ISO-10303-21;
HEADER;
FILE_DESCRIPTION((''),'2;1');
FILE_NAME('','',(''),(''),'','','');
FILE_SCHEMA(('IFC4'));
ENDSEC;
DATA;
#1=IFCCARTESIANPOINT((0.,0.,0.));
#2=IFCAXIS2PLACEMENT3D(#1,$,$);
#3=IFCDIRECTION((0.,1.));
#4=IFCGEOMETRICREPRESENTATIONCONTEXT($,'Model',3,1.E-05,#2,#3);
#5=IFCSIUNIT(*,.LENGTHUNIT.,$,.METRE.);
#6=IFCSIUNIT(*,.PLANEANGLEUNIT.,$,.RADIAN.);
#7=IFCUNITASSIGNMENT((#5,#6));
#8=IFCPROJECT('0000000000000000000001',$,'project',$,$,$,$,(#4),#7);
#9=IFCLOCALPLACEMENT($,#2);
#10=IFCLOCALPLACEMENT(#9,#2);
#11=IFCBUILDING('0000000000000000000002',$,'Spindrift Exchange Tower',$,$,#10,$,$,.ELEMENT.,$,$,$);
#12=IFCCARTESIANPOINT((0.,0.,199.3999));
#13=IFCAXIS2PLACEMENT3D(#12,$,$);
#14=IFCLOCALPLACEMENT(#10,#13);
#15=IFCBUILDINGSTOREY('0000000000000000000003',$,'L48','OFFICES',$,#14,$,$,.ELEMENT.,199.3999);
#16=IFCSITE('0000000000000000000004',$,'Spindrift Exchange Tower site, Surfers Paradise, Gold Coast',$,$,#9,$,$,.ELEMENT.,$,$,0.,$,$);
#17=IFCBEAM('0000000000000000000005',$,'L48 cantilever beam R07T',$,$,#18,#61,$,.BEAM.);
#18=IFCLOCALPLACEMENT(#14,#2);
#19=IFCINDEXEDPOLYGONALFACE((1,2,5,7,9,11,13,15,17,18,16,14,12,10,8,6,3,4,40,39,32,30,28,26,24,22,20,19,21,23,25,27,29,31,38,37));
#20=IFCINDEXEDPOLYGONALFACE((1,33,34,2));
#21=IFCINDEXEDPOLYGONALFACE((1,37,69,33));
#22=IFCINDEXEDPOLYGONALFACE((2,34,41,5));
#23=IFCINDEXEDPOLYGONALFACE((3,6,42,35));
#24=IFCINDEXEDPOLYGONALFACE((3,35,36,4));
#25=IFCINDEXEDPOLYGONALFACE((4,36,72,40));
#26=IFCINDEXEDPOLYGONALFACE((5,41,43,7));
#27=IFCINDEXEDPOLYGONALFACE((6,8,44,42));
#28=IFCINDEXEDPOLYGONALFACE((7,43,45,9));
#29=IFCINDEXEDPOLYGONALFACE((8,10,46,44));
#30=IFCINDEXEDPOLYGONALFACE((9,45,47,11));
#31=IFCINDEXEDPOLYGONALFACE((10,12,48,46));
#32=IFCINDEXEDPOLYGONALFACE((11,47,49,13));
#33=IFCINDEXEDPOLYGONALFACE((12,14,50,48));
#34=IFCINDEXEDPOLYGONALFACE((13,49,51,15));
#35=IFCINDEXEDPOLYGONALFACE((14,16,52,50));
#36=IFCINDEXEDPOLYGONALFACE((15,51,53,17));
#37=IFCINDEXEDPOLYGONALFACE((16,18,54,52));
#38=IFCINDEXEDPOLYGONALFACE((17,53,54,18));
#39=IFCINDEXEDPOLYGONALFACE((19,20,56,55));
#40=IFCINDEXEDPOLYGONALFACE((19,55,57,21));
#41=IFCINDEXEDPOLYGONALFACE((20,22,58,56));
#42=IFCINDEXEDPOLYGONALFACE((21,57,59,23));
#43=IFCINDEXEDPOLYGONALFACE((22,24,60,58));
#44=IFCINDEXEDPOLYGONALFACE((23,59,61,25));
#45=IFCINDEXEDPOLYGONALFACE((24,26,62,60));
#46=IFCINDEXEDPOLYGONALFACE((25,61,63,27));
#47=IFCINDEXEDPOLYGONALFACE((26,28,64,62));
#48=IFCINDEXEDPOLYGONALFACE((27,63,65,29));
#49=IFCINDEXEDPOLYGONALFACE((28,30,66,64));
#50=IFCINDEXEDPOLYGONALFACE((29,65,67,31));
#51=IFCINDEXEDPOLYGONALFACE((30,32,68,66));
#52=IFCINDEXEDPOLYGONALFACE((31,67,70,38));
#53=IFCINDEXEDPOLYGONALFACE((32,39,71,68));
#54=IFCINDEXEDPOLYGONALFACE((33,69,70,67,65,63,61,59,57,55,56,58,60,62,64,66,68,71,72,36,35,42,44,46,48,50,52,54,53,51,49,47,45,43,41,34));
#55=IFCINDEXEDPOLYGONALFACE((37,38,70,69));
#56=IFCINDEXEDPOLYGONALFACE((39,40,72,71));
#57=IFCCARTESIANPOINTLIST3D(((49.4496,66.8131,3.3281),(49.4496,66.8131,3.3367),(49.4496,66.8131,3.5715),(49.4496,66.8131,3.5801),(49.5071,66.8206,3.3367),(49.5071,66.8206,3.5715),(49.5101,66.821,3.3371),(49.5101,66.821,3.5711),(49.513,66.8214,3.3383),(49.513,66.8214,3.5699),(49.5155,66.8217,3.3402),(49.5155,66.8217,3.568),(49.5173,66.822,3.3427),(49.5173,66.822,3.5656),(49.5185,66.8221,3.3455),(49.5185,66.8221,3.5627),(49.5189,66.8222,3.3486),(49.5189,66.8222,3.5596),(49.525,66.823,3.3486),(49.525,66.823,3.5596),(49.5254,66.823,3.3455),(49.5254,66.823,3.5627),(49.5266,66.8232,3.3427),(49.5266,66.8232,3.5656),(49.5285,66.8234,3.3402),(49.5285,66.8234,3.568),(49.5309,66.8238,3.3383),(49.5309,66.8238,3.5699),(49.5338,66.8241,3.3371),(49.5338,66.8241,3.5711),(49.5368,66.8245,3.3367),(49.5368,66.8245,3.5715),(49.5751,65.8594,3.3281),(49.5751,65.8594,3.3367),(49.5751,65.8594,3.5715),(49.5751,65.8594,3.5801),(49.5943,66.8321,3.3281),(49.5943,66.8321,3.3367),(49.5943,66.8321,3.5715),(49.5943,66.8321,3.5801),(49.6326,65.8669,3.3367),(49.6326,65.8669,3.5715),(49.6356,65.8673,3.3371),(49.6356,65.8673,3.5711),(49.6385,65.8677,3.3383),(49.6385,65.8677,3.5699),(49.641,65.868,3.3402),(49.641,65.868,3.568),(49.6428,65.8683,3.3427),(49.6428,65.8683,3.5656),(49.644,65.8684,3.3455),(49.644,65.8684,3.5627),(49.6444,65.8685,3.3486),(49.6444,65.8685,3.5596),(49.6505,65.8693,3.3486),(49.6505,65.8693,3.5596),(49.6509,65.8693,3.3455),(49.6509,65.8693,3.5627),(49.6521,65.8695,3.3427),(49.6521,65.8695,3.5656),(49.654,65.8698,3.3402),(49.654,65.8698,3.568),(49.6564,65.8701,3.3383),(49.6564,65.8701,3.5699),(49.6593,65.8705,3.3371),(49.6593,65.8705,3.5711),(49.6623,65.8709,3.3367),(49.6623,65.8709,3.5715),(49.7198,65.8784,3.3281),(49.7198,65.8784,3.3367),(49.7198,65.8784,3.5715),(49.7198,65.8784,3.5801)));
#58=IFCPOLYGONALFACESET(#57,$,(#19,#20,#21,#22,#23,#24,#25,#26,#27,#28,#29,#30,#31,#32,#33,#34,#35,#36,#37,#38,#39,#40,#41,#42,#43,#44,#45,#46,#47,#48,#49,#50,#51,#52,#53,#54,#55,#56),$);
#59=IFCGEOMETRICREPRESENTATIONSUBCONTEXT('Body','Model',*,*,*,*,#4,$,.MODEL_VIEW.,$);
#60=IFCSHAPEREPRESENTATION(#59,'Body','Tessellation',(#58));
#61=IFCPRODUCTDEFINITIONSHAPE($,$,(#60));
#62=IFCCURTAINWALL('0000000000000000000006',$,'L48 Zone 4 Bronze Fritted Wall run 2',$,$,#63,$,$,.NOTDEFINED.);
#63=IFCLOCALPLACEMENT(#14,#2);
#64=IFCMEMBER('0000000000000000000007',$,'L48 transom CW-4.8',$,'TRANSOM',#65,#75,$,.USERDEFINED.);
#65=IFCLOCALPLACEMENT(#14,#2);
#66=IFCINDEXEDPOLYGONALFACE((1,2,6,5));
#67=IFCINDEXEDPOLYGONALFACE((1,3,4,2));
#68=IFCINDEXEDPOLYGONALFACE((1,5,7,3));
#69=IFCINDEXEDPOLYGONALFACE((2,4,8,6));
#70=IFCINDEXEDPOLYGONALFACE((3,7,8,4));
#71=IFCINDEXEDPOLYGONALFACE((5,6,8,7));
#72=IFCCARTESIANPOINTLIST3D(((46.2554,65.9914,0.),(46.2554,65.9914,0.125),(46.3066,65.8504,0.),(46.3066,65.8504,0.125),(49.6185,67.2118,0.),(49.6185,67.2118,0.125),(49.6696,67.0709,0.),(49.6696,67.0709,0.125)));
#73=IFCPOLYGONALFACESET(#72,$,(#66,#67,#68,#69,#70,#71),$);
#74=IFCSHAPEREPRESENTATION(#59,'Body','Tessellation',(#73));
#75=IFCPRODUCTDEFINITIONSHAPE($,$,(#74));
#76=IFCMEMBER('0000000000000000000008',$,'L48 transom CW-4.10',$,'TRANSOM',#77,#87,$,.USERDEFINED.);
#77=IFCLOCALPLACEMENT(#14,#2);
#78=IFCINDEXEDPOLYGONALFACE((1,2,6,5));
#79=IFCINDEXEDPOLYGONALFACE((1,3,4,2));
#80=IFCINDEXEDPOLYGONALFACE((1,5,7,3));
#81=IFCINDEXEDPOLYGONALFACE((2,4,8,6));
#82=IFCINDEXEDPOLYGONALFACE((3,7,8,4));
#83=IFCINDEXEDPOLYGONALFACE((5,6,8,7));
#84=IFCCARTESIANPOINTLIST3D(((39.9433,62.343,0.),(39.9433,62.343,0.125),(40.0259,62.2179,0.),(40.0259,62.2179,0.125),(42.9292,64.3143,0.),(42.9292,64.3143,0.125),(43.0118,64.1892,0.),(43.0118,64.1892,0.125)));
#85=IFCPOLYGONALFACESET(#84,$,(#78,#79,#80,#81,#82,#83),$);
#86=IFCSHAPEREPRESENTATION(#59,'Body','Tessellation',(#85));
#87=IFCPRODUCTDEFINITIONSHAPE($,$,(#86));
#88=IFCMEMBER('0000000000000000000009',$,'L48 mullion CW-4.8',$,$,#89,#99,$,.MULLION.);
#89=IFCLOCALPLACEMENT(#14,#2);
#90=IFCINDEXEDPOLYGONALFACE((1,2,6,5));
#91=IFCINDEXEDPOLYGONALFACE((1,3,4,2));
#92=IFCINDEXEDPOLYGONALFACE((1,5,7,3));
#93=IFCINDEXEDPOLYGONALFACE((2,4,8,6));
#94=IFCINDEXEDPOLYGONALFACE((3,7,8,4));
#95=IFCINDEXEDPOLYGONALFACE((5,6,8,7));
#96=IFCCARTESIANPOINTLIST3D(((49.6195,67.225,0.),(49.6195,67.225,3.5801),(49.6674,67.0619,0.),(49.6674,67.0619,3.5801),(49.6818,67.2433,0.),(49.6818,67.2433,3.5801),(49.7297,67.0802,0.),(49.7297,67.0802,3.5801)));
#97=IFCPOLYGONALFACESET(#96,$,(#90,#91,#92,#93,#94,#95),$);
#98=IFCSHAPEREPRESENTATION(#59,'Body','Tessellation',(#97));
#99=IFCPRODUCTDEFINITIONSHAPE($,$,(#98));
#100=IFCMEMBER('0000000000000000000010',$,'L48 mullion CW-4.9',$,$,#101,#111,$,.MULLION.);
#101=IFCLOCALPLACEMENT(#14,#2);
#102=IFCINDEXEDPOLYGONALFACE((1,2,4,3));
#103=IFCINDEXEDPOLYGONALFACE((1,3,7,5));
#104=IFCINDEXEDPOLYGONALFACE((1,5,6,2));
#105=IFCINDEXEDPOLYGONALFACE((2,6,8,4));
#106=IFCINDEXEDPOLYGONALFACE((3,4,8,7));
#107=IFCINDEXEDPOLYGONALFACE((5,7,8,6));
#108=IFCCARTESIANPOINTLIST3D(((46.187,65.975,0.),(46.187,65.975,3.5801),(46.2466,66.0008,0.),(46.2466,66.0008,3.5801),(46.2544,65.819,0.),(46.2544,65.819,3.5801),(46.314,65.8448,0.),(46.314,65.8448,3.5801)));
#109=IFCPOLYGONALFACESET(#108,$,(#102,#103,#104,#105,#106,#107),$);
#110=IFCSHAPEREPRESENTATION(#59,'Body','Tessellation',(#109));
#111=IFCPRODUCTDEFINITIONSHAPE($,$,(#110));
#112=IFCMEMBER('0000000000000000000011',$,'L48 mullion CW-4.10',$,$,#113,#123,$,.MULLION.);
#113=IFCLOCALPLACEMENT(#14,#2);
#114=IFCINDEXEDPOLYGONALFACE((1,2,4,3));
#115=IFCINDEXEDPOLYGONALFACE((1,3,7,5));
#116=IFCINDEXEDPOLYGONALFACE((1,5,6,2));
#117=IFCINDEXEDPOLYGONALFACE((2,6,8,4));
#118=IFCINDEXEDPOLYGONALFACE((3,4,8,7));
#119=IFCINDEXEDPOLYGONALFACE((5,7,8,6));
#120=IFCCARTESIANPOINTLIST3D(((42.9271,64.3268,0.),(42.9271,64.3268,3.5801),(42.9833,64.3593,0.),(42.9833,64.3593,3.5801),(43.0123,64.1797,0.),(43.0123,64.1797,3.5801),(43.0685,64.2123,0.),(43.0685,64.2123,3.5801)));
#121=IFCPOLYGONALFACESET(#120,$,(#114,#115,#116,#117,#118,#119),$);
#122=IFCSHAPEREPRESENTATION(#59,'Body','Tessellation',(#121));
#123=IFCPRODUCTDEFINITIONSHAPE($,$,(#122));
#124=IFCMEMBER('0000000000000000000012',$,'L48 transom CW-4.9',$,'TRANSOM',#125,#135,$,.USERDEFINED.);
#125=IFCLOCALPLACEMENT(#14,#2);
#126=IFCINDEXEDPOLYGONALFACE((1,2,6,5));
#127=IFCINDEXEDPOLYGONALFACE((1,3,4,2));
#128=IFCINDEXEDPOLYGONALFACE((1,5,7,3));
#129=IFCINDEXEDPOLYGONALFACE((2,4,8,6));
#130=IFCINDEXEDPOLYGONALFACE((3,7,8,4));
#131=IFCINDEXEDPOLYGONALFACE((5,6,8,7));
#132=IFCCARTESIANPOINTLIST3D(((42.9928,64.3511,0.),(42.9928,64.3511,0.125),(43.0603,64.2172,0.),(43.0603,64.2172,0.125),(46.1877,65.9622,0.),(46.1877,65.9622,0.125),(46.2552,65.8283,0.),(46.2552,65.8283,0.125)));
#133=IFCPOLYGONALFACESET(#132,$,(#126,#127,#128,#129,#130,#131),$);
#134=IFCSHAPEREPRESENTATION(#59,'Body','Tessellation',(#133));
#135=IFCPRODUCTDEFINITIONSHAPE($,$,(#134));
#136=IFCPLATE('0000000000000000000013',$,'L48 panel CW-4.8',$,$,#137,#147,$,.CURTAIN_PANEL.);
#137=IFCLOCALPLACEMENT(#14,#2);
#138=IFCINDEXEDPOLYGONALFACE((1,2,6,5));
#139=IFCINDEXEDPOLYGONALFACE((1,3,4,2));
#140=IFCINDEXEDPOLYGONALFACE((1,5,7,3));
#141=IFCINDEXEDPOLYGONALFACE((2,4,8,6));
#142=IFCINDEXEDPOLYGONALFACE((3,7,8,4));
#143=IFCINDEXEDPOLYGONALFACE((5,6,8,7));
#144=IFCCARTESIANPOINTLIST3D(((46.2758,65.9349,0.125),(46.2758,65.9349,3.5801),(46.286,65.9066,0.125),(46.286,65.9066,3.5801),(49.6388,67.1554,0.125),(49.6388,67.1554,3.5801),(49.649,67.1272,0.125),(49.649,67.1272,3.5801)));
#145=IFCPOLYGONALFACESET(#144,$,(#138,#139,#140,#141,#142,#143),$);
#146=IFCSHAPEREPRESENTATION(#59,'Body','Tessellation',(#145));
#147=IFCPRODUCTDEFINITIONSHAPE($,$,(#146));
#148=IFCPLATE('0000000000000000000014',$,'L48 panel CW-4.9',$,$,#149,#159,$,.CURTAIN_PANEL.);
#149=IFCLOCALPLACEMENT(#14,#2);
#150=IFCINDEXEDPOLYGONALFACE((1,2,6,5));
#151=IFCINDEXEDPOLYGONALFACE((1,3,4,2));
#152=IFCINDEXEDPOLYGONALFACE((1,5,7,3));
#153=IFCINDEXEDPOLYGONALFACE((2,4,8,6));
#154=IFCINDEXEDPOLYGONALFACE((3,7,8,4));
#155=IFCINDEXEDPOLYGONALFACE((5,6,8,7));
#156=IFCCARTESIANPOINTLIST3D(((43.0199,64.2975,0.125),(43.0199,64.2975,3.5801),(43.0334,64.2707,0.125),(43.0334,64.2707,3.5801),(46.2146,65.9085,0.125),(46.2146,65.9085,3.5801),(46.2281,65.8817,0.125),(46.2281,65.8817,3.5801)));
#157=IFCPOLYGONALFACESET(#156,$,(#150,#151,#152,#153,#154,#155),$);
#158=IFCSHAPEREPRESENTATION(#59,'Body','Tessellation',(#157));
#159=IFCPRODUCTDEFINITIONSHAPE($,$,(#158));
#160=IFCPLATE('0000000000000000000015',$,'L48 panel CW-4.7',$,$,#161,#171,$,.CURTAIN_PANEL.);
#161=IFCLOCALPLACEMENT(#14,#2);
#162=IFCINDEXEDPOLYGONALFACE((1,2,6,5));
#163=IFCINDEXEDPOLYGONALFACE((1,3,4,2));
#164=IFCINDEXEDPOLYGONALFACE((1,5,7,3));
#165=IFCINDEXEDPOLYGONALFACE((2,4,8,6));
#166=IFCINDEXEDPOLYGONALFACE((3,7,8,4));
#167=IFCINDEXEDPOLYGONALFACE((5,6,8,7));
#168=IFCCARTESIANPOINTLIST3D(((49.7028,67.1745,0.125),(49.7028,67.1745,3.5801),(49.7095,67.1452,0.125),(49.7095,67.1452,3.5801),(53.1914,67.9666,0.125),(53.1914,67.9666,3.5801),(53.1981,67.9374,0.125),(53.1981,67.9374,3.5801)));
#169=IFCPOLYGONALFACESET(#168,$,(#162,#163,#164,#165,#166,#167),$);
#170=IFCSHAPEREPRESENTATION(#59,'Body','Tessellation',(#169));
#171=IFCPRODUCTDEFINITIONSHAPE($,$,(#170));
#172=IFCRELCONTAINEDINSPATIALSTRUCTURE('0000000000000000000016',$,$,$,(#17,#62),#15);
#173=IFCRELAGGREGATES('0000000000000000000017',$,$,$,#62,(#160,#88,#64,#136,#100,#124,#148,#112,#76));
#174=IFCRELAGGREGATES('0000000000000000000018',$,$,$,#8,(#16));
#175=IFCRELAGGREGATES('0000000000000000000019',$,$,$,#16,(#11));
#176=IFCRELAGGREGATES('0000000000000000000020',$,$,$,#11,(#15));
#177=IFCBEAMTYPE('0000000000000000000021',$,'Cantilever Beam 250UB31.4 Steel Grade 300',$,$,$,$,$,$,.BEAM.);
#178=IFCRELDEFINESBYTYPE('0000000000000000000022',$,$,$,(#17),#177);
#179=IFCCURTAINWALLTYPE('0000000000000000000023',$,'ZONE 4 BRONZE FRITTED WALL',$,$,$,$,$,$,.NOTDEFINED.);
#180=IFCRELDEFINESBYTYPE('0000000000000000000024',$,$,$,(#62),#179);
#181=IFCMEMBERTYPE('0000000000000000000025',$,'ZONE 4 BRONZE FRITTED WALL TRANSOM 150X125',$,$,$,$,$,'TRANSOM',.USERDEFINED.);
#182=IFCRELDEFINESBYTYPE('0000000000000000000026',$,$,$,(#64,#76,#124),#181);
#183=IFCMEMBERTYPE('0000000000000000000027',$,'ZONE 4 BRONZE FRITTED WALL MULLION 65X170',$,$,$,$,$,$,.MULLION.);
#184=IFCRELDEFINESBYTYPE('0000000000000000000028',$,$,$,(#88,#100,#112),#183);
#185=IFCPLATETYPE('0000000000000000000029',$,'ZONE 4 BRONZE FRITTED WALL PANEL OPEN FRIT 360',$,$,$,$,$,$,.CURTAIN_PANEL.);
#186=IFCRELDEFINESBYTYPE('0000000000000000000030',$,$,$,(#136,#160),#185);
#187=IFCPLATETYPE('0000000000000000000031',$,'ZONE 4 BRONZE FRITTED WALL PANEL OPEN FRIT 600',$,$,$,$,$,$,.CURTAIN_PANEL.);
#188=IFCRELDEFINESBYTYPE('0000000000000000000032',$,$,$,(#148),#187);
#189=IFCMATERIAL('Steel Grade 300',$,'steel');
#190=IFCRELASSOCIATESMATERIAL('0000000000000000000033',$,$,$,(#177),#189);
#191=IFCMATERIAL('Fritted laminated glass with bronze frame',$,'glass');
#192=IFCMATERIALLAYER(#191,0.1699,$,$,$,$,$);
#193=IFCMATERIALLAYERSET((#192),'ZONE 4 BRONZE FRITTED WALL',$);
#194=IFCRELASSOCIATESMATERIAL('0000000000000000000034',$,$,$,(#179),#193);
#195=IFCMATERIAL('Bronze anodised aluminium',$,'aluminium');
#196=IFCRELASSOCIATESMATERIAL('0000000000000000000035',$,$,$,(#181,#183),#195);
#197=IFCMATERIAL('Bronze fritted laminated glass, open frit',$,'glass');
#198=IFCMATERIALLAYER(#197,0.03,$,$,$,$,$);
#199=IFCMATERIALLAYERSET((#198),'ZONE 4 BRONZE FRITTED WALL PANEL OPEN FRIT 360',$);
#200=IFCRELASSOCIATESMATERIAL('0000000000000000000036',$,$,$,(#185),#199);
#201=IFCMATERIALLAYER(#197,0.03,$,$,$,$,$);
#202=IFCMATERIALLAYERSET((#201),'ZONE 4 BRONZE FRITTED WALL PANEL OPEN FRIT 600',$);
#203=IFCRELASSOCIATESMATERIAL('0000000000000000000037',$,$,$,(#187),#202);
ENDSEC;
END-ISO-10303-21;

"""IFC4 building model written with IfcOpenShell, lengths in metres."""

from ifc_helpers import new_model, si_unit, direction, frame, origin, origin_2d, place, context, subcontext, project, spatial, rectangle, i_section, extrude, source, transform, mapped, material, layer, layer_set, material_profile, profile_set, type_object, element, aggregate, save


model = new_model("IFC4")

# Units and contexts
model_context = context("Model", 3, precision=1e-05, world=origin(), true_north=direction((0.0, 1.0)))
body_context = subcontext(model_context, "Body", "Model", "MODEL_VIEW")
ifc_project = project(units=[si_unit("LENGTHUNIT", "METRE"), si_unit("PLANEANGLEUNIT", "RADIAN")], contexts=[model_context])

# Site, building, storey
site_placement = place(None, origin())
site = spatial("IfcSite", under=ifc_project, at=site_placement, Name="Spindrift Exchange Tower site, Surfers Paradise, Gold Coast", CompositionType="ELEMENT", RefElevation=0.0)
building_placement = place(site_placement, origin())
building = spatial("IfcBuilding", under=site, at=building_placement, Name="Spindrift Exchange Tower", CompositionType="ELEMENT")
storey_placement = place(building_placement, frame((0.0, 0.0, 199.3999)))
storey = spatial("IfcBuildingStorey", under=building, at=storey_placement, Name="L48", Description="OFFICES", CompositionType="ELEMENT", Elevation=199.3999)

# Beam
ifc_material_1 = material(Name="Steel Grade 300", Category="steel")
ifc_material_profile_1 = material_profile(ifc_material_1, i_section(OverallWidth=0.146, OverallDepth=0.252, WebThickness=0.0061, FlangeThickness=0.0085, FilletRadius=0.012, at=origin_2d()), Name="250UB31.4")
ifc_profile_set_1 = profile_set([ifc_material_profile_1], Name="Steel Grade 300")
beam_type_1 = type_object("IfcBeamType", Name="Cantilever Beam 250UB31.4 Steel Grade 300", PredefinedType="BEAM", material=ifc_profile_set_1)
shared_shape_1 = source(origin(), body_context, "Body", "SweptSolid", [
    extrude(i_section(OverallWidth=0.146, OverallDepth=0.252, WebThickness=0.0061, FlangeThickness=0.0085, FilletRadius=0.012, at=origin_2d()), origin(), (0.0, 0.0, 1.0), 0.9619),
])
beam_1_placement = place(storey_placement, frame((49.6475, 65.8689, 3.4541), z_axis=(-0.130468, 0.991453, 0.0), x_axis=(-0.991453, -0.130468, 0.0)))
element("IfcBeam", 1, at=beam_1_placement, inside=storey, type_object=beam_type_1, Name="L48 cantilever beam R07T", PredefinedType="BEAM", context=body_context, shape_type="MappedRepresentation", body=[
    mapped(shared_shape_1, transform((0.0, 0.0, 0.0), scale=1.0)),
])

# Curtain wall, members, plates
ifc_material_2 = material(Name="Fritted laminated glass with bronze frame", Category="glass")
ifc_layer_1 = layer(ifc_material_2, 0.1699)
ifc_layer_set_1 = layer_set([ifc_layer_1], Name="ZONE 4 BRONZE FRITTED WALL")
curtain_wall_type = type_object("IfcCurtainWallType", Name="ZONE 4 BRONZE FRITTED WALL", PredefinedType="NOTDEFINED", material=ifc_layer_set_1)
curtain_wall_placement = place(storey_placement, origin())
curtain_wall = element("IfcCurtainWall", 2, at=curtain_wall_placement, inside=storey, type_object=curtain_wall_type, Name="L48 Zone 4 Bronze Fritted Wall run 2", PredefinedType="NOTDEFINED")
ifc_material_3 = material(Name="Bronze anodised aluminium", Category="aluminium")
ifc_material_profile_2 = material_profile(ifc_material_3, rectangle(XDim=0.1499, YDim=0.125, at=origin_2d()), Name="ZONE 4 BRONZE FRITTED WALL TRANSOM 150X125")
ifc_profile_set_2 = profile_set([ifc_material_profile_2], Name="Bronze anodised aluminium")
member_type_1 = type_object("IfcMemberType", Name="ZONE 4 BRONZE FRITTED WALL TRANSOM 150X125", ElementType="TRANSOM", PredefinedType="USERDEFINED", material=ifc_profile_set_2)
shared_shape_2 = source(origin(), body_context, "Body", "SweptSolid", [
    extrude(rectangle(XDim=0.1499, YDim=0.125, at=origin_2d()), origin(), (0.0, 0.0, 1.0), 3.5776),
])
member_1_placement = place(storey_placement, frame((49.644, 67.1414, 0.0625), z_axis=(-0.940014, -0.341135, 0.0), x_axis=(0.341135, -0.940014, 0.0)))
member_1 = element("IfcMember", 3, at=member_1_placement, type_object=member_type_1, Name="L48 transom CW-4.8", ObjectType="TRANSOM", PredefinedType="USERDEFINED", context=body_context, shape_type="MappedRepresentation", body=[
    mapped(shared_shape_2, transform((0.0, 0.0, 0.0), scale=1.0)),
])
shared_shape_3 = source(origin(), body_context, "Body", "SweptSolid", [
    extrude(rectangle(XDim=0.1499, YDim=0.125, at=origin_2d()), origin(), (0.0, 0.0, 1.0), 3.5779),
])
member_2_placement = place(storey_placement, frame((42.9705, 64.2517, 0.0625), z_axis=(-0.83454, -0.550947, 0.0), x_axis=(0.550947, -0.83454, 0.0)))
member_2 = element("IfcMember", 4, at=member_2_placement, type_object=member_type_1, Name="L48 transom CW-4.10", ObjectType="TRANSOM", PredefinedType="USERDEFINED", context=body_context, shape_type="MappedRepresentation", body=[
    mapped(shared_shape_3, transform((0.0, 0.0, 0.0), scale=1.0)),
])
ifc_material_profile_3 = material_profile(ifc_material_3, rectangle(XDim=0.0649, YDim=0.1699, at=origin_2d()), Name="ZONE 4 BRONZE FRITTED WALL MULLION 65X170")
ifc_profile_set_3 = profile_set([ifc_material_profile_3], Name="Bronze anodised aluminium")
member_type_2 = type_object("IfcMemberType", Name="ZONE 4 BRONZE FRITTED WALL MULLION 65X170", PredefinedType="MULLION", material=ifc_profile_set_3)
shared_shape_4 = source(origin(), body_context, "Body", "SweptSolid", [
    extrude(rectangle(XDim=0.0649, YDim=0.1699, at=origin_2d()), origin(), (0.0, 0.0, 1.0), 3.5801),
])
member_3_placement = place(storey_placement, frame((49.6746, 67.1526, 0.0), z_axis=(0.0, 0.0, 1.0), x_axis=(-0.959459, -0.281849, 0.0)))
member_3 = element("IfcMember", 5, at=member_3_placement, type_object=member_type_2, Name="L48 mullion CW-4.8", PredefinedType="MULLION", context=body_context, shape_type="MappedRepresentation", body=[
    mapped(shared_shape_4, transform((0.0, 0.0, 0.0), scale=1.0)),
])
member_4_placement = place(storey_placement, frame((46.2505, 65.9099, 0.0), z_axis=(0.0, 0.0, 1.0), x_axis=(-0.918076, -0.396404, 0.0)))
member_4 = element("IfcMember", 6, at=member_4_placement, type_object=member_type_2, Name="L48 mullion CW-4.9", PredefinedType="MULLION", context=body_context, shape_type="MappedRepresentation", body=[
    mapped(shared_shape_4, transform((0.0, 0.0, 0.0), scale=1.0)),
])
member_5_placement = place(storey_placement, frame((42.9978, 64.2695, 0.0), z_axis=(0.0, 0.0, 1.0), x_axis=(-0.865193, -0.501438, 0.0)))
member_5 = element("IfcMember", 7, at=member_5_placement, type_object=member_type_2, Name="L48 mullion CW-4.10", PredefinedType="MULLION", context=body_context, shape_type="MappedRepresentation", body=[
    mapped(shared_shape_4, transform((0.0, 0.0, 0.0), scale=1.0)),
])
shared_shape_5 = source(origin(), body_context, "Body", "SweptSolid", [
    extrude(rectangle(XDim=0.1499, YDim=0.125, at=origin_2d()), origin(), (0.0, 0.0, 1.0), 3.5781),
])
member_6_placement = place(storey_placement, frame((46.2214, 65.8953, 0.0625), z_axis=(-0.892894, -0.450268, 0.0), x_axis=(0.450268, -0.892894, 0.0)))
member_6 = element("IfcMember", 8, at=member_6_placement, type_object=member_type_1, Name="L48 transom CW-4.9", ObjectType="TRANSOM", PredefinedType="USERDEFINED", context=body_context, shape_type="MappedRepresentation", body=[
    mapped(shared_shape_5, transform((0.0, 0.0, 0.0), scale=1.0)),
])
ifc_material_4 = material(Name="Bronze fritted laminated glass, open frit", Category="glass")
ifc_layer_2 = layer(ifc_material_4, 0.03)
ifc_layer_set_2 = layer_set([ifc_layer_2], Name="ZONE 4 BRONZE FRITTED WALL PANEL OPEN FRIT 360")
plate_type_1 = type_object("IfcPlateType", Name="ZONE 4 BRONZE FRITTED WALL PANEL OPEN FRIT 360", PredefinedType="CURTAIN_PANEL", material=ifc_layer_set_2)
shared_shape_6 = source(origin(), body_context, "Body", "SweptSolid", [
    extrude(rectangle(XDim=3.5776, YDim=0.03, at=origin_2d()), origin(), (0.0, 0.0, 1.0), 3.4551),
])
plate_1_placement = place(storey_placement, frame((47.9624, 66.531, 0.125), z_axis=(0.0, 0.0, 1.0), x_axis=(-0.940007, -0.341154, 0.0)))
plate_1 = element("IfcPlate", 9, at=plate_1_placement, type_object=plate_type_1, Name="L48 panel CW-4.8", PredefinedType="CURTAIN_PANEL", context=body_context, shape_type="MappedRepresentation", body=[
    mapped(shared_shape_6, transform((0.0, 0.0, 0.0), scale=1.0)),
])
ifc_layer_3 = layer(ifc_material_4, 0.03)
ifc_layer_set_3 = layer_set([ifc_layer_3], Name="ZONE 4 BRONZE FRITTED WALL PANEL OPEN FRIT 600")
plate_type_2 = type_object("IfcPlateType", Name="ZONE 4 BRONZE FRITTED WALL PANEL OPEN FRIT 600", PredefinedType="CURTAIN_PANEL", material=ifc_layer_set_3)
shared_shape_7 = source(origin(), body_context, "Body", "SweptSolid", [
    extrude(rectangle(XDim=3.5779, YDim=0.03, at=origin_2d()), origin(), (0.0, 0.0, 1.0), 3.4551),
])
plate_2_placement = place(storey_placement, frame((44.624, 65.0896, 0.125), z_axis=(0.0, 0.0, 1.0), x_axis=(-0.892901, -0.450253, 0.0)))
plate_2 = element("IfcPlate", 10, at=plate_2_placement, type_object=plate_type_2, Name="L48 panel CW-4.9", PredefinedType="CURTAIN_PANEL", context=body_context, shape_type="MappedRepresentation", body=[
    mapped(shared_shape_7, transform((0.0, 0.0, 0.0), scale=1.0)),
])
shared_shape_8 = source(origin(), body_context, "Body", "SweptSolid", [
    extrude(rectangle(XDim=3.5774, YDim=0.03, at=origin_2d()), origin(), (0.0, 0.0, 1.0), 3.4551),
])
plate_3_placement = place(storey_placement, frame((51.4504, 67.5559, 0.125), z_axis=(0.0, 0.0, 1.0), x_axis=(-0.975173, -0.221445, 0.0)))
plate_3 = element("IfcPlate", 11, at=plate_3_placement, type_object=plate_type_1, Name="L48 panel CW-4.7", PredefinedType="CURTAIN_PANEL", context=body_context, shape_type="MappedRepresentation", body=[
    mapped(shared_shape_8, transform((0.0, 0.0, 0.0), scale=1.0)),
])
aggregate(curtain_wall, [plate_3, member_3, member_1, plate_1, member_4, member_6, plate_2, member_5, member_2])

save(model, "model.ifc")
